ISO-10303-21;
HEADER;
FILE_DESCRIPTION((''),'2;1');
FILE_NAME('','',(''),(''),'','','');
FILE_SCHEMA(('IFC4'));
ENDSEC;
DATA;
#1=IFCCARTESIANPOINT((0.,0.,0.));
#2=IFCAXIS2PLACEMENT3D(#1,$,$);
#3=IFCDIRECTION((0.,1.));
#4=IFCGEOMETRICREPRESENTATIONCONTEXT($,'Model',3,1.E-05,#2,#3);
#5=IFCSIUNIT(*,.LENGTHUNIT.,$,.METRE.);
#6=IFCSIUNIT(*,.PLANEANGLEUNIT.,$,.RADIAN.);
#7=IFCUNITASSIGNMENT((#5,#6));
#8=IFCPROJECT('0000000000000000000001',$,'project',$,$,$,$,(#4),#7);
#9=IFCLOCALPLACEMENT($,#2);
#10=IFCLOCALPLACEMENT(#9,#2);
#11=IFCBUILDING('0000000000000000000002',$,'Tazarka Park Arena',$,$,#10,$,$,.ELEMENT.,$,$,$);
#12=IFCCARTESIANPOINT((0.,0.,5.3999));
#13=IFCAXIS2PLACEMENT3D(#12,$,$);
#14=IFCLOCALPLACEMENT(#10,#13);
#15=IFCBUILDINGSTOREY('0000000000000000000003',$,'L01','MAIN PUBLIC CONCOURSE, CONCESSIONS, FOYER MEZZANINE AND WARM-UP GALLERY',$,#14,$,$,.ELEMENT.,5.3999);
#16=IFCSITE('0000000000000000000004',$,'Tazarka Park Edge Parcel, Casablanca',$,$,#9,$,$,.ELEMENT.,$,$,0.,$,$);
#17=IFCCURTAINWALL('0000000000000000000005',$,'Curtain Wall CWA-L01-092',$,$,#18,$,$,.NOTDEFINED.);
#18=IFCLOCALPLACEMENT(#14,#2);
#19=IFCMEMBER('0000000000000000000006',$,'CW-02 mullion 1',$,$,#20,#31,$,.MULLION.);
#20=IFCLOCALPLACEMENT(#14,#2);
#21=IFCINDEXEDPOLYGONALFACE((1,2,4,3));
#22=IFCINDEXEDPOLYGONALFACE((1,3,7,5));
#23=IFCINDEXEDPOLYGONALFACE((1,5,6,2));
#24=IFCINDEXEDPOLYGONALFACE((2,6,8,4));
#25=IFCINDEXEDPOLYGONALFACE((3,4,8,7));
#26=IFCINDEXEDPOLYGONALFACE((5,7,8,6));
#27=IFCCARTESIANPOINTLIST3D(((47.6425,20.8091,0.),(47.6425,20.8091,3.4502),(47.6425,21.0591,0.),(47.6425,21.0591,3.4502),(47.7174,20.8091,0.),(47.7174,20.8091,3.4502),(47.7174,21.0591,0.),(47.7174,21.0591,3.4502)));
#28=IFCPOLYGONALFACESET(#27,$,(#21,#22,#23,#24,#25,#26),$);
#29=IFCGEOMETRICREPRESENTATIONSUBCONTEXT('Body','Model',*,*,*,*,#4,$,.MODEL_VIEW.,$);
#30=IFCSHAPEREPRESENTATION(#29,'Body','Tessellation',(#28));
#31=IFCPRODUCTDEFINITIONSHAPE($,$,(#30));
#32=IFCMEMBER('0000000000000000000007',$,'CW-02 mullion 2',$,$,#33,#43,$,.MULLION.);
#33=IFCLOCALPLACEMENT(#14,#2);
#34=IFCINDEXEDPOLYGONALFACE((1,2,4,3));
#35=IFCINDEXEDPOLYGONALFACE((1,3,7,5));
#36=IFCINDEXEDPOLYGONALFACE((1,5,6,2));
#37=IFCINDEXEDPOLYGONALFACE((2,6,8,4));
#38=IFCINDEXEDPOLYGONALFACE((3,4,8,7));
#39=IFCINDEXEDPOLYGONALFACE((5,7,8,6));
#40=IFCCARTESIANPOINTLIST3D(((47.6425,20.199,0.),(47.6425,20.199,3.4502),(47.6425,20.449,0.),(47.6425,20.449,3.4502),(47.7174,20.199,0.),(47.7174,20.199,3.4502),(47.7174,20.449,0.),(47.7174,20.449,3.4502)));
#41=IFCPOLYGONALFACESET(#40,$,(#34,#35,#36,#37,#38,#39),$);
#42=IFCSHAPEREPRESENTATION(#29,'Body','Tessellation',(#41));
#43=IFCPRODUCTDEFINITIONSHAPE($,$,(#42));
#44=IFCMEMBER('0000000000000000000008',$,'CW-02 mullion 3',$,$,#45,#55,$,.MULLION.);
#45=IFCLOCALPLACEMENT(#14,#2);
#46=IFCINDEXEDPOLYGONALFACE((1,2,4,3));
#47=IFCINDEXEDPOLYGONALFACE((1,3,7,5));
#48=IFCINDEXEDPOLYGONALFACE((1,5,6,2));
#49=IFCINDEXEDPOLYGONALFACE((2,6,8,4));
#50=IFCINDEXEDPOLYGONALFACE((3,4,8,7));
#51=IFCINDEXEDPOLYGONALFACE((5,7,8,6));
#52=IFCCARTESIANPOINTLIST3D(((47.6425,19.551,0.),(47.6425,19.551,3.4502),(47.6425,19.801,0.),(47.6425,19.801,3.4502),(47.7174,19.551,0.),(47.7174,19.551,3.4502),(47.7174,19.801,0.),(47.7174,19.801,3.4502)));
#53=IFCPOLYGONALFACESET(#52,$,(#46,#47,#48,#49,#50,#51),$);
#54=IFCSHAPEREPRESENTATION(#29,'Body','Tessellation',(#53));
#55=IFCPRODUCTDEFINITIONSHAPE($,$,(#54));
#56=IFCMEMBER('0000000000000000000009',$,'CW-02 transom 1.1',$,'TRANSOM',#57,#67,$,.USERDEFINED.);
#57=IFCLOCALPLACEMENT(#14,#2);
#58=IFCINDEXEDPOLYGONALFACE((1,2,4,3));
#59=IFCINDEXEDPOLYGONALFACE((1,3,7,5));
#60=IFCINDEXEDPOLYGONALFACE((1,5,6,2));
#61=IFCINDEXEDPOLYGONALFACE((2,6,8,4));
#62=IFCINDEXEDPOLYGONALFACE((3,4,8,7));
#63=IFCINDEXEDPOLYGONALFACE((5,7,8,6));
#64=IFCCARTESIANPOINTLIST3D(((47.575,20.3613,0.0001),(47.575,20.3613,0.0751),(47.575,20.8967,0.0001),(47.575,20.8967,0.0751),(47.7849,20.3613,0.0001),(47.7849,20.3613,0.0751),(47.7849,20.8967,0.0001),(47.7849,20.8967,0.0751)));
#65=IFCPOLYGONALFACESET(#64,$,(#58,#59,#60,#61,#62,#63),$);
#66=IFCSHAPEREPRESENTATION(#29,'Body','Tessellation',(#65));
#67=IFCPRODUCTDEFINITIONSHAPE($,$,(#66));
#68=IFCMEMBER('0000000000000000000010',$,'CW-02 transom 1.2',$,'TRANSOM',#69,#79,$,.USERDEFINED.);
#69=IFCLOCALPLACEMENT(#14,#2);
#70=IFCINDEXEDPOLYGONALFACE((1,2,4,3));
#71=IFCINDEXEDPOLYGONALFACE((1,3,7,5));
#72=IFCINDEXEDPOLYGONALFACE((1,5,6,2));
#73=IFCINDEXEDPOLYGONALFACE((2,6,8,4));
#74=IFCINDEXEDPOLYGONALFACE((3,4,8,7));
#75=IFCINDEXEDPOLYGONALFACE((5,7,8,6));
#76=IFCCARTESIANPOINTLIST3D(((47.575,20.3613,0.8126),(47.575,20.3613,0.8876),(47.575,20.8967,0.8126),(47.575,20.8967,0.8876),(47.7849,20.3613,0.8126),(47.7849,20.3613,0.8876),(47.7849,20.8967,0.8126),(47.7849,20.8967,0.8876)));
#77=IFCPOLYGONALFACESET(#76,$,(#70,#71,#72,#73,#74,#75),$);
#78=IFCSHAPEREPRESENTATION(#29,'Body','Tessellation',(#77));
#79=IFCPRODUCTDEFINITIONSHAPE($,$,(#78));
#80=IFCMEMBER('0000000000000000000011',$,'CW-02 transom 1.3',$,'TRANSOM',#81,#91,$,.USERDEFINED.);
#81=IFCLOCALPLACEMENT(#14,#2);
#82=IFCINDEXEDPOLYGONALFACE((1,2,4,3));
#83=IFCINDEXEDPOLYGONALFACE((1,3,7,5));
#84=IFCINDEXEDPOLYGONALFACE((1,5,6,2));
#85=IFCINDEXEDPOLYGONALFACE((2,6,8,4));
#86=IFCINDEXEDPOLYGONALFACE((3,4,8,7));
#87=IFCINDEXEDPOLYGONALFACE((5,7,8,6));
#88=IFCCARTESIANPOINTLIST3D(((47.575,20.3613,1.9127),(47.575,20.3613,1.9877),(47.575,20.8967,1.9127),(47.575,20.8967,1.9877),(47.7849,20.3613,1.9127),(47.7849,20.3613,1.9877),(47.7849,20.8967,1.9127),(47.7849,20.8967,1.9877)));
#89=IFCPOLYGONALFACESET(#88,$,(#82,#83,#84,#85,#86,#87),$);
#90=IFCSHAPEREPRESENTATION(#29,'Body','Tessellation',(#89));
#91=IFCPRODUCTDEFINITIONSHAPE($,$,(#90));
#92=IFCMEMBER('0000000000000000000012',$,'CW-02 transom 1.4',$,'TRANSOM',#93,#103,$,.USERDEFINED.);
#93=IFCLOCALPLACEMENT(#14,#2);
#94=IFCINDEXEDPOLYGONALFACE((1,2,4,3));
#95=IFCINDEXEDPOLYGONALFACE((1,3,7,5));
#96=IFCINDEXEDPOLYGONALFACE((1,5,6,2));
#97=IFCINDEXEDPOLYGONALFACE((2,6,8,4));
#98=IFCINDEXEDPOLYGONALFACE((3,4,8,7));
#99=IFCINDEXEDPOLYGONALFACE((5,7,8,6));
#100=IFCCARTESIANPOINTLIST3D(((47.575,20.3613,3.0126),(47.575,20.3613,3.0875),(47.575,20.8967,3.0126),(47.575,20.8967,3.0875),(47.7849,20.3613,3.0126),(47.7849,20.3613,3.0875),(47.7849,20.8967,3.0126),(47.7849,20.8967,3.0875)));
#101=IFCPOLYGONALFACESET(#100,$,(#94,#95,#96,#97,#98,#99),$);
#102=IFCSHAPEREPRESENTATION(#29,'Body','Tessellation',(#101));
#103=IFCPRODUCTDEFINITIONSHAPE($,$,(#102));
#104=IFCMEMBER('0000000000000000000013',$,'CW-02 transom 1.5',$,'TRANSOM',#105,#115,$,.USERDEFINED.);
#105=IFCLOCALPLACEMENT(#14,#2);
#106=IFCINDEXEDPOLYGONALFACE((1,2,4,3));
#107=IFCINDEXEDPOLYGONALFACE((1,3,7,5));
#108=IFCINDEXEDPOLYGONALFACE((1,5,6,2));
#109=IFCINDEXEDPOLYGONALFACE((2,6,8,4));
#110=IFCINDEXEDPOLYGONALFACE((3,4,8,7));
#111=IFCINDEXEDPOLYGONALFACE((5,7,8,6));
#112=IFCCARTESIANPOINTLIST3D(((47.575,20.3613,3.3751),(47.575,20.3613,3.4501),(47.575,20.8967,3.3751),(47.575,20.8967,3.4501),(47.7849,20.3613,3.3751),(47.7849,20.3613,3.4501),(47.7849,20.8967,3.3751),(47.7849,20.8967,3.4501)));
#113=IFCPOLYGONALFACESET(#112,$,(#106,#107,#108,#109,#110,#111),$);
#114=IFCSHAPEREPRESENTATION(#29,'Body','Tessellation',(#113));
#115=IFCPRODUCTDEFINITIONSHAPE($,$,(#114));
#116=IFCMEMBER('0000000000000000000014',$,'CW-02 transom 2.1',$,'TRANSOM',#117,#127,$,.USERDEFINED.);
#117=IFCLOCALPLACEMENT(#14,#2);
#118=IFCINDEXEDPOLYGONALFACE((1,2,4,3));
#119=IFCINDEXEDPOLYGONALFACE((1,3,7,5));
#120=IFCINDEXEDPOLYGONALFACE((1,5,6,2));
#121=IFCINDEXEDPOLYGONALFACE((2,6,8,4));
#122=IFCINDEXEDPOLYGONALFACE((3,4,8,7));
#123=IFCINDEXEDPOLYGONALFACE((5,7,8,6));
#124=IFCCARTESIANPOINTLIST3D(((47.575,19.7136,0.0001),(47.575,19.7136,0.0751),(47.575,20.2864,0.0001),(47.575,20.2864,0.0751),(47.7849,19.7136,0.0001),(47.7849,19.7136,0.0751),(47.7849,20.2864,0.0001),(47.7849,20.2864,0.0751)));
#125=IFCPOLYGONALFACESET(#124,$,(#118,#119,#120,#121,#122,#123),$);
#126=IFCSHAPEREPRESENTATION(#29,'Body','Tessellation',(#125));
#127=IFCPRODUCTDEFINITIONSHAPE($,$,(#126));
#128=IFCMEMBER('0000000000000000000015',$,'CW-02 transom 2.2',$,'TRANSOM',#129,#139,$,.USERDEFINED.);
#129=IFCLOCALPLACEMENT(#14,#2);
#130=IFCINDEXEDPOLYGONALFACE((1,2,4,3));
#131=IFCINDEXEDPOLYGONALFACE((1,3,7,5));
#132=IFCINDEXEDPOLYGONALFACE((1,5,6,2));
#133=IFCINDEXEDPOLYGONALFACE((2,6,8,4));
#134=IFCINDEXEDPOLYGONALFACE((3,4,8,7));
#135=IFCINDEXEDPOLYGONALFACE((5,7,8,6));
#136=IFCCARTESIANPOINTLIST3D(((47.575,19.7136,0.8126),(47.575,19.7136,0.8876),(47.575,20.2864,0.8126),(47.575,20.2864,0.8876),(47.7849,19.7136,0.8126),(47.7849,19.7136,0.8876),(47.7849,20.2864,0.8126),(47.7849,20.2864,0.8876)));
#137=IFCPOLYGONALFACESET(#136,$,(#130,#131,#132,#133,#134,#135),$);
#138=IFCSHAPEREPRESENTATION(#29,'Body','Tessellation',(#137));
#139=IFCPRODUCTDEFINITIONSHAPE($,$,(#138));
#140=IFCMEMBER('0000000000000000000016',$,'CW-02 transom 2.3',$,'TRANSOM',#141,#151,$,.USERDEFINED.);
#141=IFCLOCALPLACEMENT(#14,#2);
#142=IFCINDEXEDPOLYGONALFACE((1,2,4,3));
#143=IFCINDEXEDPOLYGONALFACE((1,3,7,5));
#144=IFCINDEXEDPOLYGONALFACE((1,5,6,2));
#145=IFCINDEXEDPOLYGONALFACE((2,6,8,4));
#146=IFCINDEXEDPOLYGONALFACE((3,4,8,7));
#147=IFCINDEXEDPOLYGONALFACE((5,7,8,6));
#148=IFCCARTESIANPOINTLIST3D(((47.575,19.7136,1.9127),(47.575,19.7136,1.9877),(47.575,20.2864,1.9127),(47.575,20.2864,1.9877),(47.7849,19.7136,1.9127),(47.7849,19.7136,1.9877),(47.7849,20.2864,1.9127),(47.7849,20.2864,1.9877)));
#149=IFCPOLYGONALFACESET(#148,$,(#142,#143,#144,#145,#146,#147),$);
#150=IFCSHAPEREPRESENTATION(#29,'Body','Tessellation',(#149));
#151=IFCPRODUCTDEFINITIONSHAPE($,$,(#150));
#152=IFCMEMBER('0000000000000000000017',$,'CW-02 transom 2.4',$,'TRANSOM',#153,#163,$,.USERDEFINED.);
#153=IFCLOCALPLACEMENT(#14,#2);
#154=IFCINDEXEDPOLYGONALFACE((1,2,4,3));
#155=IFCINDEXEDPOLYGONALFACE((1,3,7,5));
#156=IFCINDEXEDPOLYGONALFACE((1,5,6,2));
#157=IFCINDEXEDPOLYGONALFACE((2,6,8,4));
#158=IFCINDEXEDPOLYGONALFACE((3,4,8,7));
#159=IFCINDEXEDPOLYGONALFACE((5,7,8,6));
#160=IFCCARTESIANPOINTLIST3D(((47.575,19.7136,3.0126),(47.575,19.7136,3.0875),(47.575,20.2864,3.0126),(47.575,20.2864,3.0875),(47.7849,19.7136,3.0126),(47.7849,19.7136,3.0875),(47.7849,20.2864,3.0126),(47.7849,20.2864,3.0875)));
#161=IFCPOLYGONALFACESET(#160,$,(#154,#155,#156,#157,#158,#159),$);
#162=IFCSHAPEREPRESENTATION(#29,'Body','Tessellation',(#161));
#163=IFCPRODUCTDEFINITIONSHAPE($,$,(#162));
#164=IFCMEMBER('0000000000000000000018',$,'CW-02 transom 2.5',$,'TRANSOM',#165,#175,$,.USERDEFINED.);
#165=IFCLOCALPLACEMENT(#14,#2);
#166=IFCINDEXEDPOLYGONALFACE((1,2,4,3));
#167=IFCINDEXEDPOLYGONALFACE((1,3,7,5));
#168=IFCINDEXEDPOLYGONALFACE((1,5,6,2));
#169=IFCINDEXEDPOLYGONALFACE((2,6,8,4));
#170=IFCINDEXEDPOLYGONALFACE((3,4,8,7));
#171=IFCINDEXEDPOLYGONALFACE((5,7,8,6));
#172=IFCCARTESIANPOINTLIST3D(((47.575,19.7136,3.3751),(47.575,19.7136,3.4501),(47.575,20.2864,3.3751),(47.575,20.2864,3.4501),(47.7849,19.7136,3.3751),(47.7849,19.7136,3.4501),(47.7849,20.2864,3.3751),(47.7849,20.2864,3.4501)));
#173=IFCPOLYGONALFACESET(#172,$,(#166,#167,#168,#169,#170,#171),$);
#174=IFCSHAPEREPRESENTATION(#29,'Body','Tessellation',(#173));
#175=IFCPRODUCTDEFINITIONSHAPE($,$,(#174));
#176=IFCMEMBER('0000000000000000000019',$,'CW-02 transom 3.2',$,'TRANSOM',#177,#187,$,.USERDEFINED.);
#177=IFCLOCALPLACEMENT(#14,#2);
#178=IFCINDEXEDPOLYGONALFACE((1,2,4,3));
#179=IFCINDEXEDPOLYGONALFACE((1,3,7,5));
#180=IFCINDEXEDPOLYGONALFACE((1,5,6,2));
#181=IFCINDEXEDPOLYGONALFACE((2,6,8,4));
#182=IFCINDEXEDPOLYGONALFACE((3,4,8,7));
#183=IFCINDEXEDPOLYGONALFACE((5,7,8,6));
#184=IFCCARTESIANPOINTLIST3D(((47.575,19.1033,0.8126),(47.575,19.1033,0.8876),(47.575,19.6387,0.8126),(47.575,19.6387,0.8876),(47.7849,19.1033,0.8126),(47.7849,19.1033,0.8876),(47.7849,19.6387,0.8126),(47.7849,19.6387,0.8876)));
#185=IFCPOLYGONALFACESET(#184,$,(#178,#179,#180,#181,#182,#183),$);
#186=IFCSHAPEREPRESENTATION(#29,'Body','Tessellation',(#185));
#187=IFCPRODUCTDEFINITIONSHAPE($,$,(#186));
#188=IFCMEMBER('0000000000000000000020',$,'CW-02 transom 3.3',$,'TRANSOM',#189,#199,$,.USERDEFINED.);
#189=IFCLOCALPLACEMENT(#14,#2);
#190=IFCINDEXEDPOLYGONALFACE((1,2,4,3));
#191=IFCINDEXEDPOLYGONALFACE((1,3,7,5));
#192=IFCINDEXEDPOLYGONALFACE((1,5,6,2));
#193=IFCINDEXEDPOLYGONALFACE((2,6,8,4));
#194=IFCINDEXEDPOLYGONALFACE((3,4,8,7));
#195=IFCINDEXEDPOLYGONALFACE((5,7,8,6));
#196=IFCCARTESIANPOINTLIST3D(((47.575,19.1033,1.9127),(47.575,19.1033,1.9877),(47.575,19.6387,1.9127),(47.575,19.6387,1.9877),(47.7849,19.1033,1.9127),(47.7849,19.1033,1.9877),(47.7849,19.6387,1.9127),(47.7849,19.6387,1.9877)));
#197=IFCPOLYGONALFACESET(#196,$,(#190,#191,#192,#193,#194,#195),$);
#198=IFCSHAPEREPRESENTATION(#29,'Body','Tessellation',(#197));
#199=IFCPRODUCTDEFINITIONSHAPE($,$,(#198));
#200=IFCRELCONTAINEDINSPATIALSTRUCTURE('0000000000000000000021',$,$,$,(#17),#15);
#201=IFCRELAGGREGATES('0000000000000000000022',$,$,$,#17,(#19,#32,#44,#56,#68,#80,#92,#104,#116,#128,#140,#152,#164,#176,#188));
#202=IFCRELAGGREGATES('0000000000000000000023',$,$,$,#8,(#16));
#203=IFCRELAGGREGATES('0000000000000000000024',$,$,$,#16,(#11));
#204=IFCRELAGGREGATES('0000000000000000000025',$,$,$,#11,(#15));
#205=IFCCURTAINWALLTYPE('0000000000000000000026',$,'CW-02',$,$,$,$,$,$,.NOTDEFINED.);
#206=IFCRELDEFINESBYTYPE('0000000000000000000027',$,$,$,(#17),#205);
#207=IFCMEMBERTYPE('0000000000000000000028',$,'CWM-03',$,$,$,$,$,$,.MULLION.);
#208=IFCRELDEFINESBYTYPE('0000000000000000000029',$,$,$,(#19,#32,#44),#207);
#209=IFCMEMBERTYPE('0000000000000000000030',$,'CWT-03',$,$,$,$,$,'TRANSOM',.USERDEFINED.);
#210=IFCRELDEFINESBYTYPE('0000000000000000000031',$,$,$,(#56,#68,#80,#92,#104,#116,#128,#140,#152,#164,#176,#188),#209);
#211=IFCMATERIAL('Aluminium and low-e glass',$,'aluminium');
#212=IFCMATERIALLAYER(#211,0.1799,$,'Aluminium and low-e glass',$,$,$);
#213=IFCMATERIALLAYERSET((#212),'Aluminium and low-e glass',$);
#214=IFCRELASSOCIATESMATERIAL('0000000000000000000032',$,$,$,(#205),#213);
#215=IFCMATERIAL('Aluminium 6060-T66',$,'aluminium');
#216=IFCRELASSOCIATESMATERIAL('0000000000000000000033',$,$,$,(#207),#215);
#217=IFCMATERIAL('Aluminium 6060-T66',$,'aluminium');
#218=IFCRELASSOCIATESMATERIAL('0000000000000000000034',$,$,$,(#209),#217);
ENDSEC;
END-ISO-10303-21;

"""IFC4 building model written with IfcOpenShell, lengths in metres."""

from ifc_helpers import new_model, si_unit, direction, frame, origin, origin_2d, place, context, subcontext, project, spatial, rectangle, extrude, material, layer, layer_set, material_profile, profile_set, type_object, element, aggregate, save


model = new_model("IFC4")

# Units and contexts
model_context = context("Model", 3, precision=1e-05, world=origin(), true_north=direction((0.0, 1.0)))
body_context = subcontext(model_context, "Body", "Model", "MODEL_VIEW")
ifc_project = project(units=[si_unit("LENGTHUNIT", "METRE"), si_unit("PLANEANGLEUNIT", "RADIAN")], contexts=[model_context])

# Site, building, storey
site_placement = place(None, origin())
site = spatial("IfcSite", under=ifc_project, at=site_placement, Name="Tazarka Park Edge Parcel, Casablanca", CompositionType="ELEMENT", RefElevation=0.0)
building_placement = place(site_placement, origin())
building = spatial("IfcBuilding", under=site, at=building_placement, Name="Tazarka Park Arena", CompositionType="ELEMENT")
storey_placement = place(building_placement, frame((0.0, 0.0, 5.3999)))
storey = spatial("IfcBuildingStorey", under=building, at=storey_placement, Name="L01", Description="MAIN PUBLIC CONCOURSE, CONCESSIONS, FOYER MEZZANINE AND WARM-UP GALLERY", CompositionType="ELEMENT", Elevation=5.3999)

# Curtain wall, members
ifc_material_1 = material(Name="Aluminium and low-e glass", Category="aluminium")
ifc_layer_1 = layer(ifc_material_1, 0.1799, Name="Aluminium and low-e glass")
ifc_layer_set_1 = layer_set([ifc_layer_1], Name="Aluminium and low-e glass")
curtain_wall_type = type_object("IfcCurtainWallType", Name="CW-02", PredefinedType="NOTDEFINED", material=ifc_layer_set_1)
curtain_wall_placement = place(storey_placement, origin())
curtain_wall = element("IfcCurtainWall", 1, at=curtain_wall_placement, inside=storey, type_object=curtain_wall_type, Name="Curtain Wall CWA-L01-092", PredefinedType="NOTDEFINED")
ifc_material_2 = material(Name="Aluminium 6060-T66", Category="aluminium")
ifc_material_profile_1 = material_profile(ifc_material_2, rectangle(XDim=0.075, YDim=0.25, at=origin_2d()), Name="Aluminium 6060-T66")
ifc_profile_set_1 = profile_set([ifc_material_profile_1], Name="Aluminium 6060-T66")
member_type_1 = type_object("IfcMemberType", Name="CWM-03", PredefinedType="MULLION", material=ifc_profile_set_1)
member_1_placement = place(storey_placement, frame((47.6799, 20.9341, 0.0), z_axis=(0.0, 0.0, 1.0), x_axis=(1.0, 0.0, 0.0)))
member_1 = element("IfcMember", 2, at=member_1_placement, type_object=member_type_1, Name="CW-02 mullion 1", PredefinedType="MULLION", context=body_context, shape_type="SweptSolid", body=[
    extrude(rectangle(XDim=0.075, YDim=0.25, at=origin_2d()), origin(), (0.0, 0.0, 1.0), 3.4502),
])
member_2_placement = place(storey_placement, frame((47.6799, 20.324, 0.0), z_axis=(0.0, 0.0, 1.0), x_axis=(1.0, 0.0, 0.0)))
member_2 = element("IfcMember", 3, at=member_2_placement, type_object=member_type_1, Name="CW-02 mullion 2", PredefinedType="MULLION", context=body_context, shape_type="SweptSolid", body=[
    extrude(rectangle(XDim=0.075, YDim=0.25, at=origin_2d()), origin(), (0.0, 0.0, 1.0), 3.4502),
])
member_3_placement = place(storey_placement, frame((47.6799, 19.676, 0.0), z_axis=(0.0, 0.0, 1.0), x_axis=(1.0, 0.0, 0.0)))
member_3 = element("IfcMember", 4, at=member_3_placement, type_object=member_type_1, Name="CW-02 mullion 3", PredefinedType="MULLION", context=body_context, shape_type="SweptSolid", body=[
    extrude(rectangle(XDim=0.075, YDim=0.25, at=origin_2d()), origin(), (0.0, 0.0, 1.0), 3.4502),
])
ifc_material_3 = material(Name="Aluminium 6060-T66", Category="aluminium")
ifc_material_profile_2 = material_profile(ifc_material_3, rectangle(XDim=0.21, YDim=0.075, at=origin_2d()), Name="Aluminium 6060-T66")
ifc_profile_set_2 = profile_set([ifc_material_profile_2], Name="Aluminium 6060-T66")
member_type_2 = type_object("IfcMemberType", Name="CWT-03", ElementType="TRANSOM", PredefinedType="USERDEFINED", material=ifc_profile_set_2)
member_4_placement = place(storey_placement, frame((47.6799, 20.8967, 0.0376), z_axis=(0.0, -1.0, 0.0), x_axis=(1.0, 0.0, 0.0)))
member_4 = element("IfcMember", 5, at=member_4_placement, type_object=member_type_2, Name="CW-02 transom 1.1", ObjectType="TRANSOM", PredefinedType="USERDEFINED", context=body_context, shape_type="SweptSolid", body=[
    extrude(rectangle(XDim=0.21, YDim=0.075, at=origin_2d()), origin(), (0.0, 0.0, 1.0), 0.5354),
])
member_5_placement = place(storey_placement, frame((47.6799, 20.8967, 0.8501), z_axis=(0.0, -1.0, 0.0), x_axis=(1.0, 0.0, 0.0)))
member_5 = element("IfcMember", 6, at=member_5_placement, type_object=member_type_2, Name="CW-02 transom 1.2", ObjectType="TRANSOM", PredefinedType="USERDEFINED", context=body_context, shape_type="SweptSolid", body=[
    extrude(rectangle(XDim=0.21, YDim=0.075, at=origin_2d()), origin(), (0.0, 0.0, 1.0), 0.5354),
])
member_6_placement = place(storey_placement, frame((47.6799, 20.8967, 1.9502), z_axis=(0.0, -1.0, 0.0), x_axis=(1.0, 0.0, 0.0)))
member_6 = element("IfcMember", 7, at=member_6_placement, type_object=member_type_2, Name="CW-02 transom 1.3", ObjectType="TRANSOM", PredefinedType="USERDEFINED", context=body_context, shape_type="SweptSolid", body=[
    extrude(rectangle(XDim=0.21, YDim=0.075, at=origin_2d()), origin(), (0.0, 0.0, 1.0), 0.5354),
])
member_7_placement = place(storey_placement, frame((47.6799, 20.8967, 3.05), z_axis=(0.0, -1.0, 0.0), x_axis=(1.0, 0.0, 0.0)))
member_7 = element("IfcMember", 8, at=member_7_placement, type_object=member_type_2, Name="CW-02 transom 1.4", ObjectType="TRANSOM", PredefinedType="USERDEFINED", context=body_context, shape_type="SweptSolid", body=[
    extrude(rectangle(XDim=0.21, YDim=0.075, at=origin_2d()), origin(), (0.0, 0.0, 1.0), 0.5354),
])
member_8_placement = place(storey_placement, frame((47.6799, 20.8967, 3.4126), z_axis=(0.0, -1.0, 0.0), x_axis=(1.0, 0.0, 0.0)))
member_8 = element("IfcMember", 9, at=member_8_placement, type_object=member_type_2, Name="CW-02 transom 1.5", ObjectType="TRANSOM", PredefinedType="USERDEFINED", context=body_context, shape_type="SweptSolid", body=[
    extrude(rectangle(XDim=0.21, YDim=0.075, at=origin_2d()), origin(), (0.0, 0.0, 1.0), 0.5354),
])
member_9_placement = place(storey_placement, frame((47.6799, 20.2864, 0.0376), z_axis=(0.0, -1.0, 0.0), x_axis=(1.0, 0.0, 0.0)))
member_9 = element("IfcMember", 10, at=member_9_placement, type_object=member_type_2, Name="CW-02 transom 2.1", ObjectType="TRANSOM", PredefinedType="USERDEFINED", context=body_context, shape_type="SweptSolid", body=[
    extrude(rectangle(XDim=0.21, YDim=0.075, at=origin_2d()), origin(), (0.0, 0.0, 1.0), 0.5728),
])
member_10_placement = place(storey_placement, frame((47.6799, 20.2864, 0.8501), z_axis=(0.0, -1.0, 0.0), x_axis=(1.0, 0.0, 0.0)))
member_10 = element("IfcMember", 11, at=member_10_placement, type_object=member_type_2, Name="CW-02 transom 2.2", ObjectType="TRANSOM", PredefinedType="USERDEFINED", context=body_context, shape_type="SweptSolid", body=[
    extrude(rectangle(XDim=0.21, YDim=0.075, at=origin_2d()), origin(), (0.0, 0.0, 1.0), 0.5728),
])
member_11_placement = place(storey_placement, frame((47.6799, 20.2864, 1.9502), z_axis=(0.0, -1.0, 0.0), x_axis=(1.0, 0.0, 0.0)))
member_11 = element("IfcMember", 12, at=member_11_placement, type_object=member_type_2, Name="CW-02 transom 2.3", ObjectType="TRANSOM", PredefinedType="USERDEFINED", context=body_context, shape_type="SweptSolid", body=[
    extrude(rectangle(XDim=0.21, YDim=0.075, at=origin_2d()), origin(), (0.0, 0.0, 1.0), 0.5728),
])
member_12_placement = place(storey_placement, frame((47.6799, 20.2864, 3.05), z_axis=(0.0, -1.0, 0.0), x_axis=(1.0, 0.0, 0.0)))
member_12 = element("IfcMember", 13, at=member_12_placement, type_object=member_type_2, Name="CW-02 transom 2.4", ObjectType="TRANSOM", PredefinedType="USERDEFINED", context=body_context, shape_type="SweptSolid", body=[
    extrude(rectangle(XDim=0.21, YDim=0.075, at=origin_2d()), origin(), (0.0, 0.0, 1.0), 0.5728),
])
member_13_placement = place(storey_placement, frame((47.6799, 20.2864, 3.4126), z_axis=(0.0, -1.0, 0.0), x_axis=(1.0, 0.0, 0.0)))
member_13 = element("IfcMember", 14, at=member_13_placement, type_object=member_type_2, Name="CW-02 transom 2.5", ObjectType="TRANSOM", PredefinedType="USERDEFINED", context=body_context, shape_type="SweptSolid", body=[
    extrude(rectangle(XDim=0.21, YDim=0.075, at=origin_2d()), origin(), (0.0, 0.0, 1.0), 0.5728),
])
member_14_placement = place(storey_placement, frame((47.6799, 19.6387, 0.8501), z_axis=(0.0, -1.0, 0.0), x_axis=(1.0, 0.0, 0.0)))
member_14 = element("IfcMember", 15, at=member_14_placement, type_object=member_type_2, Name="CW-02 transom 3.2", ObjectType="TRANSOM", PredefinedType="USERDEFINED", context=body_context, shape_type="SweptSolid", body=[
    extrude(rectangle(XDim=0.21, YDim=0.075, at=origin_2d()), origin(), (0.0, 0.0, 1.0), 0.5354),
])
member_15_placement = place(storey_placement, frame((47.6799, 19.6387, 1.9502), z_axis=(0.0, -1.0, 0.0), x_axis=(1.0, 0.0, 0.0)))
member_15 = element("IfcMember", 16, at=member_15_placement, type_object=member_type_2, Name="CW-02 transom 3.3", ObjectType="TRANSOM", PredefinedType="USERDEFINED", context=body_context, shape_type="SweptSolid", body=[
    extrude(rectangle(XDim=0.21, YDim=0.075, at=origin_2d()), origin(), (0.0, 0.0, 1.0), 0.5354),
])
aggregate(curtain_wall, [member_1, member_2, member_3, member_4, member_5, member_6, member_7, member_8, member_9, member_10, member_11, member_12, member_13, member_14, member_15])

save(model, "model.ifc")
